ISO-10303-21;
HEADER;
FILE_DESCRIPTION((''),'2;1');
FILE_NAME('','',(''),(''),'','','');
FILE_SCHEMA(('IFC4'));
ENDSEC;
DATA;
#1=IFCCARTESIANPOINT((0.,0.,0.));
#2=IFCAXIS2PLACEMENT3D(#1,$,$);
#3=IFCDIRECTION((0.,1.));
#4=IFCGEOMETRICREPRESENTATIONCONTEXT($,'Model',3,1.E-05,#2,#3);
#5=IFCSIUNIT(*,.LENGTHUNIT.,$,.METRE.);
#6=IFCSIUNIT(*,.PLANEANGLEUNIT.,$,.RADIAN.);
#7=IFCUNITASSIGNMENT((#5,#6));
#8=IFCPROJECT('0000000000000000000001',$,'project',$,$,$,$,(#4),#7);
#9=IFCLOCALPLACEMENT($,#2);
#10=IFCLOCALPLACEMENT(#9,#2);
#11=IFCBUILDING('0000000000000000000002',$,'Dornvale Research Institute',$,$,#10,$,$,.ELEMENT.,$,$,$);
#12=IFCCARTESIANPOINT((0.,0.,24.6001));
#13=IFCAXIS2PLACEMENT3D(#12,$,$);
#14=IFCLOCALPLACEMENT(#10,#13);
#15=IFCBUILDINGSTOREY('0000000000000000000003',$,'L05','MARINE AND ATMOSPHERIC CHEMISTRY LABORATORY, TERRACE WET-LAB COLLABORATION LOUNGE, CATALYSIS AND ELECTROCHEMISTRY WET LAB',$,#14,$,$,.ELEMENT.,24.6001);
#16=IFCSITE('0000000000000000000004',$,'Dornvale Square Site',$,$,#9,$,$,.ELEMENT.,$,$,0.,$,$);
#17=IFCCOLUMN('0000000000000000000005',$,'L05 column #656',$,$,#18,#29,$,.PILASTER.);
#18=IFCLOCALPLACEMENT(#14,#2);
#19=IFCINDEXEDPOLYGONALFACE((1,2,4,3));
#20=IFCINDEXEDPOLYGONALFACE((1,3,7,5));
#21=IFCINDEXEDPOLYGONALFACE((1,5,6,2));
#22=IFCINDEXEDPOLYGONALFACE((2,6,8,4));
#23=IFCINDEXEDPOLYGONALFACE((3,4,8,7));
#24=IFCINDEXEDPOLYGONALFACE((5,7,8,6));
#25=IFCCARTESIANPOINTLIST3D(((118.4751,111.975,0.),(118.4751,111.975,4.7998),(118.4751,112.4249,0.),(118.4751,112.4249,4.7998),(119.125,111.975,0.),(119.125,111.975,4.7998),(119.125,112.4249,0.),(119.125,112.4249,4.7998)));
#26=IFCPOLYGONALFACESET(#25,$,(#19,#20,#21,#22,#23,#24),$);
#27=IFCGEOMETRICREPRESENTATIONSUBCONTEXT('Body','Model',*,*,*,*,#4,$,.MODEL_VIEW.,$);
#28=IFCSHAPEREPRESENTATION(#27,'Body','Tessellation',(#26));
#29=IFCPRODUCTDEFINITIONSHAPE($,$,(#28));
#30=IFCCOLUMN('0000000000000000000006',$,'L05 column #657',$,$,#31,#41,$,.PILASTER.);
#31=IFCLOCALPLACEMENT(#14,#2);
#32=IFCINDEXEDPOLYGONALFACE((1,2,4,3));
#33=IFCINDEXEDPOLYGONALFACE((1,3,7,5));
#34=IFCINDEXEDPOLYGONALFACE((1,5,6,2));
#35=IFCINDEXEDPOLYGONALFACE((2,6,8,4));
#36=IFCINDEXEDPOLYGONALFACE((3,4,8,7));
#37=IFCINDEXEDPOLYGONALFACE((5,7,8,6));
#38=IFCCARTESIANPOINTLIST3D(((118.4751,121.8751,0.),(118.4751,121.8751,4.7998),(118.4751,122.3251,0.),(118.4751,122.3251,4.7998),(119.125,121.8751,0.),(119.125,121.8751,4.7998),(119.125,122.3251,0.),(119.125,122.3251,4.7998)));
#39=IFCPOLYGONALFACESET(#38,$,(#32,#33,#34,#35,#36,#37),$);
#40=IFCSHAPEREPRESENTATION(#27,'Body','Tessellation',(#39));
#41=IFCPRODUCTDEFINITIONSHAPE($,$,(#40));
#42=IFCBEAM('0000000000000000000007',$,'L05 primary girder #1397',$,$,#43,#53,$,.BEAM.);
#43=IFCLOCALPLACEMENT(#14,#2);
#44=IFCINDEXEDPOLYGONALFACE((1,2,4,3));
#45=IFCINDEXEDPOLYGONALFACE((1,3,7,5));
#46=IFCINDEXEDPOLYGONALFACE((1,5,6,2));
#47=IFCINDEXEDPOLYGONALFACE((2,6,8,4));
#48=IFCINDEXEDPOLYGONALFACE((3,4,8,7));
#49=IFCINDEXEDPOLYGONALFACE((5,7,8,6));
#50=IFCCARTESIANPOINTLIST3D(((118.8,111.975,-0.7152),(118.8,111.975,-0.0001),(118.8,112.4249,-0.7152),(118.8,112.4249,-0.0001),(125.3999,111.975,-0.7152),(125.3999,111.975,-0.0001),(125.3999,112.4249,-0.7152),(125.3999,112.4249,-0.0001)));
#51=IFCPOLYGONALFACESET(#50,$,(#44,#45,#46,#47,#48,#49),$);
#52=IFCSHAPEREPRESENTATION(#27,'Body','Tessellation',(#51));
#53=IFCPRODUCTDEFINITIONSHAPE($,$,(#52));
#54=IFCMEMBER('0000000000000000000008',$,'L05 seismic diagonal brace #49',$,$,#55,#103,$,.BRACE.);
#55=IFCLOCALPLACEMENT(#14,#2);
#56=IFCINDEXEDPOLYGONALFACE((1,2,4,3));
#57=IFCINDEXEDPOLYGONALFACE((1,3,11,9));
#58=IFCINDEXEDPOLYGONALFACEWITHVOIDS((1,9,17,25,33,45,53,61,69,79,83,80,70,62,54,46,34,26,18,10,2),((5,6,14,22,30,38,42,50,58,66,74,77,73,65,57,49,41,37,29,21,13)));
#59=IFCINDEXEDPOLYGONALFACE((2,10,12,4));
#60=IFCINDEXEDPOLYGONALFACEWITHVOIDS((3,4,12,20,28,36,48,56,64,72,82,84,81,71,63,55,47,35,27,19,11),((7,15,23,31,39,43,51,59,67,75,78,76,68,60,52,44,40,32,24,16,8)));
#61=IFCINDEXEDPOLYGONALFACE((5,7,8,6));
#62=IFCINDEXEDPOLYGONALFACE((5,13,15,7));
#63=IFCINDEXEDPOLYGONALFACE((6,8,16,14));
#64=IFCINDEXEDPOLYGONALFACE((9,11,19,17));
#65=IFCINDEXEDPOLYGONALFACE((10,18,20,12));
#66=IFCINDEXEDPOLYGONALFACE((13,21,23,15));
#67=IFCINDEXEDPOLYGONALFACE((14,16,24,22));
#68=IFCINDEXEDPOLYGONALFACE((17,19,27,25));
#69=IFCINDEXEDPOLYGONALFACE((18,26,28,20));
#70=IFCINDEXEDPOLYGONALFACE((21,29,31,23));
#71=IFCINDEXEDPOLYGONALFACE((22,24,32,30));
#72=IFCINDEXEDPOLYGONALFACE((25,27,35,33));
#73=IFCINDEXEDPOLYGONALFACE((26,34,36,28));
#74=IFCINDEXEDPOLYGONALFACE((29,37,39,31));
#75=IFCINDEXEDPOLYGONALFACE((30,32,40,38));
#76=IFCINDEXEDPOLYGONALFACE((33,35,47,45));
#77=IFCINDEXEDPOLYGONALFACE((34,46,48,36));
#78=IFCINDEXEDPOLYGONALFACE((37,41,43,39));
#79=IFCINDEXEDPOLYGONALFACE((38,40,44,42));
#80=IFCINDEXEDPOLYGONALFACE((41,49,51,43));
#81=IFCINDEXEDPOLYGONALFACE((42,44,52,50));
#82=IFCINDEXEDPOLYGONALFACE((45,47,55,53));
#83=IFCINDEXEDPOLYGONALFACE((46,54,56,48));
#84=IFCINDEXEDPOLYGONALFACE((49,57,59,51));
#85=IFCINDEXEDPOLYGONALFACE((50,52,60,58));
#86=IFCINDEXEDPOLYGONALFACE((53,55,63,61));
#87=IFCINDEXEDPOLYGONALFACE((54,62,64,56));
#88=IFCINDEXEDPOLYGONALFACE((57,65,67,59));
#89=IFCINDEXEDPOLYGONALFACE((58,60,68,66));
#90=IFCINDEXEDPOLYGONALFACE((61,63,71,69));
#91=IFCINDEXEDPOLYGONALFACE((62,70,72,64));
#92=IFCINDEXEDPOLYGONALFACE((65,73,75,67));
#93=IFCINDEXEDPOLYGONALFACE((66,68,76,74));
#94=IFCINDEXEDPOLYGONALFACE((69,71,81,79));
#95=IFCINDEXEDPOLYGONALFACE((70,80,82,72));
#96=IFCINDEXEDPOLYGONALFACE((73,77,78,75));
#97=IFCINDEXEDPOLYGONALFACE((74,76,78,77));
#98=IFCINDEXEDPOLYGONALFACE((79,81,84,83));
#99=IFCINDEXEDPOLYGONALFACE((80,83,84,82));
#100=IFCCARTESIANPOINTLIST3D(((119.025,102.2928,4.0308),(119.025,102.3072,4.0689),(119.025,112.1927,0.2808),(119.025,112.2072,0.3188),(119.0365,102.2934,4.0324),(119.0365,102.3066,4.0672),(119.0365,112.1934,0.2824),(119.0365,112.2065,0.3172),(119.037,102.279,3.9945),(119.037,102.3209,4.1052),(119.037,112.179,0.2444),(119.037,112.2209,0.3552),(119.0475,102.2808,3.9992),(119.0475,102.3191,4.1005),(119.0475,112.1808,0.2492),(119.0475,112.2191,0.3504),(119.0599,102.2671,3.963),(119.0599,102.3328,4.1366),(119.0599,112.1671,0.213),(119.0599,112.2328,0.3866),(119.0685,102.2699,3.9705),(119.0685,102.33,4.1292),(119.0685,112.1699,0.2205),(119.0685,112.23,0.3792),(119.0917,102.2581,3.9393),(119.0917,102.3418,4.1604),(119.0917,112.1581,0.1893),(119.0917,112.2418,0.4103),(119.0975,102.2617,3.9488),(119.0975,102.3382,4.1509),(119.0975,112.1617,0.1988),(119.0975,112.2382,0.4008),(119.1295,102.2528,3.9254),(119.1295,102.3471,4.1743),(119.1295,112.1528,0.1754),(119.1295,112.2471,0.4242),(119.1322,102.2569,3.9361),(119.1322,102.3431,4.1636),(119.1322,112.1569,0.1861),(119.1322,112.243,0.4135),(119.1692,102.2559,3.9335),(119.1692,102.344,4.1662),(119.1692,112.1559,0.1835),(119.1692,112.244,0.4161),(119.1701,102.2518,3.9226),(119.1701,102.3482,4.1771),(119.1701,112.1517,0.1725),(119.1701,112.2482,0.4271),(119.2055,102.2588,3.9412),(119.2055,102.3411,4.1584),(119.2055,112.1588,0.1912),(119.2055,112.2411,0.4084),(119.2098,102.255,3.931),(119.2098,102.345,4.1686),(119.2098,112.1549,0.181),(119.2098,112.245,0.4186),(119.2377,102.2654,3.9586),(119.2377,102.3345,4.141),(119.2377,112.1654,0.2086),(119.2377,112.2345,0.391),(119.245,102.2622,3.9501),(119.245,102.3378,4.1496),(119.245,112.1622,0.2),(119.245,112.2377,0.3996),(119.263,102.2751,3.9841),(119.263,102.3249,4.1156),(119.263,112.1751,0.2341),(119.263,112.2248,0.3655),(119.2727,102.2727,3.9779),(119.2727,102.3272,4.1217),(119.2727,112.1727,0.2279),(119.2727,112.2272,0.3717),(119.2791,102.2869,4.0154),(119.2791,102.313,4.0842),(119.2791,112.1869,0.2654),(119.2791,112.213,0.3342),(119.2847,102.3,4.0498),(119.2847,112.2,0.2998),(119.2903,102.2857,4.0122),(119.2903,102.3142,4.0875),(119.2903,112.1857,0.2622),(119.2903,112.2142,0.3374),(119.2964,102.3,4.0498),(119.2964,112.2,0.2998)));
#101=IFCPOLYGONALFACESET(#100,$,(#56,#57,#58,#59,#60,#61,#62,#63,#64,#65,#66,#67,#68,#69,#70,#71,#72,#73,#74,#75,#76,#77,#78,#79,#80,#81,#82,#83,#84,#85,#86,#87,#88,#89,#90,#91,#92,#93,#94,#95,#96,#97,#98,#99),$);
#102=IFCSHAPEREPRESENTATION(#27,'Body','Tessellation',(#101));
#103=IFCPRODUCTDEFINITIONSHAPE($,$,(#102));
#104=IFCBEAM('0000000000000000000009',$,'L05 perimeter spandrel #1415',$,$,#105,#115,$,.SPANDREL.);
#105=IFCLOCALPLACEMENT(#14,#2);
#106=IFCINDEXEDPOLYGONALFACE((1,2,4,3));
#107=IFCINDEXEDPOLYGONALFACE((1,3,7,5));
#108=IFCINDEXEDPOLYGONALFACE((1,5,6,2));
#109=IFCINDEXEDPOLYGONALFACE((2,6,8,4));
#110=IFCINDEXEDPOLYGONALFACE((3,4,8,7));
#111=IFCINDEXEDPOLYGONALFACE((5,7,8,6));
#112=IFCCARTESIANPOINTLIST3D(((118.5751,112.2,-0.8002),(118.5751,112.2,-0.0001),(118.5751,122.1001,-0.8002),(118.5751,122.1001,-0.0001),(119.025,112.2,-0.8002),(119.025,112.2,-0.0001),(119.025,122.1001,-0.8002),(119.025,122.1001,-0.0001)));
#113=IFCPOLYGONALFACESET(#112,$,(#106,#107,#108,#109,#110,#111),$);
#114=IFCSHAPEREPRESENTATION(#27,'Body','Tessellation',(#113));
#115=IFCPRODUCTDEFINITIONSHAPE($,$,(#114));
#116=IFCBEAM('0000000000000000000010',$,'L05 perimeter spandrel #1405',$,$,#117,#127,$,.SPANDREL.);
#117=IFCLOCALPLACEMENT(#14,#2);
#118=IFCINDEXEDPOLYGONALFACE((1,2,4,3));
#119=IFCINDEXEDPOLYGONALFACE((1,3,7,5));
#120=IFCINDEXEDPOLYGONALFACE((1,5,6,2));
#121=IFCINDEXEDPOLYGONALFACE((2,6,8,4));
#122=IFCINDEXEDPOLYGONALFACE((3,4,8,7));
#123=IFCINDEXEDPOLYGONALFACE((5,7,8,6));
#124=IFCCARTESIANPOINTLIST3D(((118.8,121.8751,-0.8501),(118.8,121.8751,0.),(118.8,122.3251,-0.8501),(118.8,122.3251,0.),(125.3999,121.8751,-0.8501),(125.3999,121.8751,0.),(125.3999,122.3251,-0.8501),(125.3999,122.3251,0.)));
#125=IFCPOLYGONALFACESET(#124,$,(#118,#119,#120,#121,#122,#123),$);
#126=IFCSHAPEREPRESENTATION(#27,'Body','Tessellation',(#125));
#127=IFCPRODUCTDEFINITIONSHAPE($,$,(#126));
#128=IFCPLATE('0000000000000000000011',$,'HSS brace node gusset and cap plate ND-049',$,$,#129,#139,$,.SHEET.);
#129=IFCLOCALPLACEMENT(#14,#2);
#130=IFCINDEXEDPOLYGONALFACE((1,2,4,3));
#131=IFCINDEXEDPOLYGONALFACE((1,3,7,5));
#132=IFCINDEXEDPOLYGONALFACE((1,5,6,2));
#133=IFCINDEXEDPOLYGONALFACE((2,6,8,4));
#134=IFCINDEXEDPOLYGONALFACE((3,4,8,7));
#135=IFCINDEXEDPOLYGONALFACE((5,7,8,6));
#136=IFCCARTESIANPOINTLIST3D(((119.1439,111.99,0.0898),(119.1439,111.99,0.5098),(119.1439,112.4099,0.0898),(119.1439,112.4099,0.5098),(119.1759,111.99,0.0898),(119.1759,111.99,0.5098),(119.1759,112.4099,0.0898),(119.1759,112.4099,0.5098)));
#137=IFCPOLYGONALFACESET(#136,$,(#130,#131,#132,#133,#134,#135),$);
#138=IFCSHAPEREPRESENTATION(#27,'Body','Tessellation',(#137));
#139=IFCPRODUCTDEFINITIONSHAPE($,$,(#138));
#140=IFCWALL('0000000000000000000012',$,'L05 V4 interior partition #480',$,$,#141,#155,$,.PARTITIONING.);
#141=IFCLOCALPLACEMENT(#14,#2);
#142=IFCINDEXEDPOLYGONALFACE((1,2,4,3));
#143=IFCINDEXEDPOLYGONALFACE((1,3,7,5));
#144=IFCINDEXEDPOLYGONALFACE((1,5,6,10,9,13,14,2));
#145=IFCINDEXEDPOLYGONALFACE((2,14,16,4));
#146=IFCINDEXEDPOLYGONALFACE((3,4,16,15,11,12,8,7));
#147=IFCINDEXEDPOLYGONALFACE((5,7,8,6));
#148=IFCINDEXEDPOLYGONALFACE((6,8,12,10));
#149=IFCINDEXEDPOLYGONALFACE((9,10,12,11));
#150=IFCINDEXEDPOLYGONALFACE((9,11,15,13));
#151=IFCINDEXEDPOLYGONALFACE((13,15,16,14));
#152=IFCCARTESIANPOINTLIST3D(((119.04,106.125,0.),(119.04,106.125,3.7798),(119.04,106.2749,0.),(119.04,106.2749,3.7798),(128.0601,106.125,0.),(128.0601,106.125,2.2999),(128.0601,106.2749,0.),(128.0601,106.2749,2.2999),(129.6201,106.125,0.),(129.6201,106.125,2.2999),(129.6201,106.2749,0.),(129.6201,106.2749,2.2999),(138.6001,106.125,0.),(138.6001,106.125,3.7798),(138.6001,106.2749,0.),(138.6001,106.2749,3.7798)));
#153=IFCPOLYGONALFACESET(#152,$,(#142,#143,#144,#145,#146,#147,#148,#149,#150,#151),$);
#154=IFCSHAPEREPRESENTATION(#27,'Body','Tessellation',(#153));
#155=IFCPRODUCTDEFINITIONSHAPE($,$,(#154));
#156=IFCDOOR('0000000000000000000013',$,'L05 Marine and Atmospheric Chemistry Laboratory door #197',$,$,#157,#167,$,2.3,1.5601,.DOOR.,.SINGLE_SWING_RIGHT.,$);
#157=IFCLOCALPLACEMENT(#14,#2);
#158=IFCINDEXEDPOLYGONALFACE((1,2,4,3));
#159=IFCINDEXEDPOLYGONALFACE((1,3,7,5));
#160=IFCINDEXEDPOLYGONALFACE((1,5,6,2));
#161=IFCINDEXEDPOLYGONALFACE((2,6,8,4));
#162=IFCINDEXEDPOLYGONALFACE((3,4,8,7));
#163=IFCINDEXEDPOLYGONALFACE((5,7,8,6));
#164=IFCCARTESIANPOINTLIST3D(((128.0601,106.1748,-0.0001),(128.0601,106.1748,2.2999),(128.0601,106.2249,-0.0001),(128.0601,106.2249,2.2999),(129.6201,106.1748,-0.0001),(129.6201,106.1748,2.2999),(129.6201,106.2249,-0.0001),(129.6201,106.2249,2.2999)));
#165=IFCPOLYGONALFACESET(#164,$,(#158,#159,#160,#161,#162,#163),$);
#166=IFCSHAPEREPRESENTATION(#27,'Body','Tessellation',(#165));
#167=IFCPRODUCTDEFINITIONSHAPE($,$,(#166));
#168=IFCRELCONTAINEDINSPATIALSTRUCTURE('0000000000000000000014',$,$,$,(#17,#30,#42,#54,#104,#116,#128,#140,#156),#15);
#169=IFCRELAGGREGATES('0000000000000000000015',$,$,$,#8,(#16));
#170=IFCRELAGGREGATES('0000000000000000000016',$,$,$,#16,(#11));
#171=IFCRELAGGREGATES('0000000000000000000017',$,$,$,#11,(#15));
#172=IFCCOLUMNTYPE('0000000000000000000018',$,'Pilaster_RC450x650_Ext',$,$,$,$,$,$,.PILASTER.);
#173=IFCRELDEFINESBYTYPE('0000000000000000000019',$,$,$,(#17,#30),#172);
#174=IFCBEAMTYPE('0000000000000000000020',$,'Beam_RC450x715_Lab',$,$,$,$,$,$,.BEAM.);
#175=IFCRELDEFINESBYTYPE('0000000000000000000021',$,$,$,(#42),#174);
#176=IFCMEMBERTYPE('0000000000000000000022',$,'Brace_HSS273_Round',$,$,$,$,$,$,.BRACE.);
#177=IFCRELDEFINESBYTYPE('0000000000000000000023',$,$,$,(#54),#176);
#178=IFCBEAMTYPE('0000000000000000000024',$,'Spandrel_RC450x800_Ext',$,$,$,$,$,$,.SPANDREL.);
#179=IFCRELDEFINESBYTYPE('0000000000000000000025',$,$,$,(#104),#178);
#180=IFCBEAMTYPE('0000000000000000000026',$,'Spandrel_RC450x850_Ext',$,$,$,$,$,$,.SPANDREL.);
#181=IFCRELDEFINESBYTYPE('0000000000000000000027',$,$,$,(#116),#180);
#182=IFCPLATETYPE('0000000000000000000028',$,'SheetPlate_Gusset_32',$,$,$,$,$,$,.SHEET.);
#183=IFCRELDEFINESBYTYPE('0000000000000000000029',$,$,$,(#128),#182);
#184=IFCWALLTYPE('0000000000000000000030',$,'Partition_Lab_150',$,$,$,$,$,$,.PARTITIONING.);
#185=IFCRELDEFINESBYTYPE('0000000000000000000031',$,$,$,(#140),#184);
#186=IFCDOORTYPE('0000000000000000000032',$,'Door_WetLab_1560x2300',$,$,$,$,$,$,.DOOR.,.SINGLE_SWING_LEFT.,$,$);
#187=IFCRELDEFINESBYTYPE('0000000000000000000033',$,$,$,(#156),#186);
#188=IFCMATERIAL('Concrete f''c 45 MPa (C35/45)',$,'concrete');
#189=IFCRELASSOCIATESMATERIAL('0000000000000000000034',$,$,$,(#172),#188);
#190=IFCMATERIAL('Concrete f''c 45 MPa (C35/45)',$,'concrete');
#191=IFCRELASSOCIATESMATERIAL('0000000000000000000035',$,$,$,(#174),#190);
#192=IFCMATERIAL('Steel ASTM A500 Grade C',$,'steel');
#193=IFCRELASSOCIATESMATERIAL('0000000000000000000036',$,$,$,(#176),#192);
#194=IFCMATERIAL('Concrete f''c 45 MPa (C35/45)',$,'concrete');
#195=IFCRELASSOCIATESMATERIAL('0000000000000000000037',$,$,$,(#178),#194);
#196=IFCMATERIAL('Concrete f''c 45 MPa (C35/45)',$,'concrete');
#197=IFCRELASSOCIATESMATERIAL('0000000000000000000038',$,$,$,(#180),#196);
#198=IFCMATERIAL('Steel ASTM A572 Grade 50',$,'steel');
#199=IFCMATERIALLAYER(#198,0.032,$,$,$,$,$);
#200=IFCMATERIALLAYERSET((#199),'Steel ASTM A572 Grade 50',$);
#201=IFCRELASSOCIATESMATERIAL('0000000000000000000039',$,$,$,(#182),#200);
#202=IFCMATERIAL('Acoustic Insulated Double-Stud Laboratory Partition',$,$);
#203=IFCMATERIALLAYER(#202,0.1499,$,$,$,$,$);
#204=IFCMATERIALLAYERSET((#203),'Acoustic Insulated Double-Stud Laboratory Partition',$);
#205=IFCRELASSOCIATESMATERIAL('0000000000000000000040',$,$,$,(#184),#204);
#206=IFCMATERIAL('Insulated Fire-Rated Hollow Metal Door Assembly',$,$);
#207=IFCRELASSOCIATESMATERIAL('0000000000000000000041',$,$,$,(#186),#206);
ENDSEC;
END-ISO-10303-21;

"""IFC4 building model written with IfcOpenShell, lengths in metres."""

from ifc_helpers import new_model, si_unit, direction, frame, frame_2d, origin, origin_2d, place, context, subcontext, project, spatial, rectangle, hollow_circle, extrude, material, layer, layer_set, material_profile, profile_set, type_object, element, fill, save


model = new_model("IFC4")

# Units and contexts
model_context = context("Model", 3, precision=1e-05, world=origin(), true_north=direction((0.0, 1.0)))
body_context = subcontext(model_context, "Body", "Model", "MODEL_VIEW")
ifc_project = project(units=[si_unit("LENGTHUNIT", "METRE"), si_unit("PLANEANGLEUNIT", "RADIAN")], contexts=[model_context])

# Site, building, storey
site_placement = place(None, origin())
site = spatial("IfcSite", under=ifc_project, at=site_placement, Name="Dornvale Square Site", CompositionType="ELEMENT", RefElevation=0.0)
building_placement = place(site_placement, origin())
building = spatial("IfcBuilding", under=site, at=building_placement, Name="Dornvale Research Institute", CompositionType="ELEMENT")
storey_placement = place(building_placement, frame((0.0, 0.0, 24.6001)))
storey = spatial("IfcBuildingStorey", under=building, at=storey_placement, Name="L05", Description="MARINE AND ATMOSPHERIC CHEMISTRY LABORATORY, TERRACE WET-LAB COLLABORATION LOUNGE, CATALYSIS AND ELECTROCHEMISTRY WET LAB", CompositionType="ELEMENT", Elevation=24.6001)

# Columns
ifc_material_1 = material(Name="Concrete f'c 45 MPa (C35/45)", Category="concrete")
ifc_material_profile_1 = material_profile(ifc_material_1, rectangle(XDim=0.45, YDim=0.6499, at=origin_2d()), Name="RC 450x650")
ifc_profile_set_1 = profile_set([ifc_material_profile_1], Name="Concrete f'c 45 MPa (C35/45)")
column_type = type_object("IfcColumnType", Name="Pilaster_RC450x650_Ext", PredefinedType="PILASTER", material=ifc_profile_set_1)
for number, where, z_axis, x_axis, name in (
    (1, (118.8, 112.2, 0.0), (0.0, 0.0, 1.0), (0.0, 1.0, 0.0), "L05 column #656"),
    (2, (118.8, 122.1001, 0.0), (0.0, 0.0, 1.0), (0.0, 1.0, 0.0), "L05 column #657"),
):
    element("IfcColumn", number, at=place(storey_placement, frame(where, z_axis=z_axis, x_axis=x_axis)), inside=storey, type_object=column_type, Name=name, PredefinedType="PILASTER", context=body_context, shape_type="SweptSolid", body=[
        extrude(rectangle(XDim=0.45, YDim=0.6499, at=origin_2d()), origin(), (0.0, 0.0, 1.0), 4.7998),
    ])

# Beam
ifc_material_2 = material(Name="Concrete f'c 45 MPa (C35/45)", Category="concrete")
ifc_material_profile_2 = material_profile(ifc_material_2, rectangle(XDim=0.45, YDim=0.7151, at=origin_2d()), Name="RC 450x715")
ifc_profile_set_2 = profile_set([ifc_material_profile_2], Name="Concrete f'c 45 MPa (C35/45)")
beam_type_1 = type_object("IfcBeamType", Name="Beam_RC450x715_Lab", PredefinedType="BEAM", material=ifc_profile_set_2)
beam_1_placement = place(storey_placement, frame((118.8, 112.2, -0.3577), z_axis=(1.0, 0.0, 0.0), x_axis=(0.0, 1.0, 0.0)))
element("IfcBeam", 3, at=beam_1_placement, inside=storey, type_object=beam_type_1, Name="L05 primary girder #1397", PredefinedType="BEAM", context=body_context, shape_type="SweptSolid", body=[
    extrude(rectangle(XDim=0.45, YDim=0.7151, at=origin_2d()), origin(), (0.0, 0.0, 1.0), 6.5999),
])

# Member
ifc_material_3 = material(Name="Steel ASTM A500 Grade C", Category="steel")
ifc_material_profile_3 = material_profile(ifc_material_3, hollow_circle(Radius=0.1365, WallThickness=0.0117, at=origin_2d()), Name="HSS273X12.7")
ifc_profile_set_3 = profile_set([ifc_material_profile_3], Name="Steel ASTM A500 Grade C")
member_type = type_object("IfcMemberType", Name="Brace_HSS273_Round", PredefinedType="BRACE", material=ifc_profile_set_3)
member_placement = place(storey_placement, frame((119.1599, 112.2, 0.2998), z_axis=(0.0, -0.935158, 0.35423), x_axis=(1.0, 0.0, 0.0)))
element("IfcMember", 4, at=member_placement, inside=storey, type_object=member_type, Name="L05 seismic diagonal brace #49", PredefinedType="BRACE", context=body_context, shape_type="SweptSolid", body=[
    extrude(hollow_circle(Radius=0.1365, WallThickness=0.0117, at=origin_2d()), origin(), (0.0, 0.0, 1.0), 10.5864),
])

# Beams
ifc_material_4 = material(Name="Concrete f'c 45 MPa (C35/45)", Category="concrete")
ifc_material_profile_4 = material_profile(ifc_material_4, rectangle(XDim=0.45, YDim=0.8, at=origin_2d()), Name="RC 450x800")
ifc_profile_set_4 = profile_set([ifc_material_profile_4], Name="Concrete f'c 45 MPa (C35/45)")
beam_type_2 = type_object("IfcBeamType", Name="Spandrel_RC450x800_Ext", PredefinedType="SPANDREL", material=ifc_profile_set_4)
beam_2_placement = place(storey_placement, frame((118.8, 112.2, -0.4001), z_axis=(0.0, 1.0, 0.0), x_axis=(-1.0, 0.0, 0.0)))
element("IfcBeam", 5, at=beam_2_placement, inside=storey, type_object=beam_type_2, Name="L05 perimeter spandrel #1415", PredefinedType="SPANDREL", context=body_context, shape_type="SweptSolid", body=[
    extrude(rectangle(XDim=0.45, YDim=0.8, at=origin_2d()), origin(), (0.0, 0.0, 1.0), 9.9001),
])
ifc_material_5 = material(Name="Concrete f'c 45 MPa (C35/45)", Category="concrete")
ifc_material_profile_5 = material_profile(ifc_material_5, rectangle(XDim=0.45, YDim=0.8501, at=origin_2d()), Name="RC 450x850")
ifc_profile_set_5 = profile_set([ifc_material_profile_5], Name="Concrete f'c 45 MPa (C35/45)")
beam_type_3 = type_object("IfcBeamType", Name="Spandrel_RC450x850_Ext", PredefinedType="SPANDREL", material=ifc_profile_set_5)
beam_3_placement = place(storey_placement, frame((118.8, 122.1001, -0.425), z_axis=(1.0, 0.0, 0.0), x_axis=(0.0, 1.0, 0.0)))
element("IfcBeam", 6, at=beam_3_placement, inside=storey, type_object=beam_type_3, Name="L05 perimeter spandrel #1405", PredefinedType="SPANDREL", context=body_context, shape_type="SweptSolid", body=[
    extrude(rectangle(XDim=0.45, YDim=0.8501, at=origin_2d()), origin(), (0.0, 0.0, 1.0), 6.5999),
])

# Plate
ifc_material_6 = material(Name="Steel ASTM A572 Grade 50", Category="steel")
ifc_layer_1 = layer(ifc_material_6, 0.032)
ifc_layer_set_1 = layer_set([ifc_layer_1], Name="Steel ASTM A572 Grade 50")
plate_type = type_object("IfcPlateType", Name="SheetPlate_Gusset_32", PredefinedType="SHEET", material=ifc_layer_set_1)
plate_placement = place(storey_placement, frame((119.1599, 112.2, 0.0898), z_axis=(0.0, 0.0, 1.0), x_axis=(0.0, 1.0, 0.0)))
element("IfcPlate", 7, at=plate_placement, inside=storey, type_object=plate_type, Name="HSS brace node gusset and cap plate ND-049", PredefinedType="SHEET", context=body_context, shape_type="SweptSolid", body=[
    extrude(rectangle(XDim=0.4199, YDim=0.032, at=origin_2d()), origin(), (0.0, 0.0, 1.0), 0.4199),
])

# Wall, opening, door
ifc_material_7 = material(Name="Acoustic Insulated Double-Stud Laboratory Partition")
ifc_layer_2 = layer(ifc_material_7, 0.1499)
ifc_layer_set_2 = layer_set([ifc_layer_2], Name="Acoustic Insulated Double-Stud Laboratory Partition")
wall_type_1 = type_object("IfcWallType", Name="Partition_Lab_150", PredefinedType="PARTITIONING", material=ifc_layer_set_2)
wall_1_placement = place(storey_placement, frame((119.04, 106.2, 0.0), z_axis=(0.0, 0.0, 1.0), x_axis=(1.0, 0.0, 0.0)))
wall_1 = element("IfcWall", 8, at=wall_1_placement, inside=storey, type_object=wall_type_1, Name="L05 V4 interior partition #480", PredefinedType="PARTITIONING", context=body_context, shape_type="SweptSolid", body=[
    extrude(rectangle(XDim=19.5601, YDim=0.1499, at=frame_2d((9.78, 0.0))), origin(), (0.0, 0.0, 1.0), 3.7798),
])
opening_1_placement = place(wall_1_placement, frame((9.02, 0.0, 0.0)))
opening_1 = element("IfcOpeningElement", 9, at=opening_1_placement, cuts=wall_1, PredefinedType="OPENING", context=body_context, shape_type="SweptSolid", body=[
    extrude(rectangle(XDim=1.5601, YDim=2.3, at=frame_2d((0.78, 1.1499))), frame((0.0, 0.0898, 0.0), z_axis=(0.0, -1.0, 0.0), x_axis=(1.0, 0.0, 0.0)), (0.0, 0.0, 1.0), 0.1799),
])
ifc_material_8 = material(Name="Insulated Fire-Rated Hollow Metal Door Assembly")
door_type = type_object("IfcDoorType", Name="Door_WetLab_1560x2300", OperationType="SINGLE_SWING_LEFT", PredefinedType="DOOR", material=ifc_material_8)
door_placement = place(opening_1_placement, origin())
door = element("IfcDoor", 10, at=door_placement, inside=storey, type_object=door_type, Name="L05 Marine and Atmospheric Chemistry Laboratory door #197", OperationType="SINGLE_SWING_RIGHT", OverallHeight=2.3, OverallWidth=1.5601, PredefinedType="DOOR", context=body_context, shape_type="SweptSolid", body=[
    extrude(rectangle(XDim=1.5601, YDim=2.3, at=frame_2d((0.78, 1.1499))), frame((0.0, 0.0249, 0.0), z_axis=(0.0, -1.0, 0.0), x_axis=(1.0, 0.0, 0.0)), (0.0, 0.0, 1.0), 0.05),
])
fill(opening_1, door)

save(model, "model.ifc")
